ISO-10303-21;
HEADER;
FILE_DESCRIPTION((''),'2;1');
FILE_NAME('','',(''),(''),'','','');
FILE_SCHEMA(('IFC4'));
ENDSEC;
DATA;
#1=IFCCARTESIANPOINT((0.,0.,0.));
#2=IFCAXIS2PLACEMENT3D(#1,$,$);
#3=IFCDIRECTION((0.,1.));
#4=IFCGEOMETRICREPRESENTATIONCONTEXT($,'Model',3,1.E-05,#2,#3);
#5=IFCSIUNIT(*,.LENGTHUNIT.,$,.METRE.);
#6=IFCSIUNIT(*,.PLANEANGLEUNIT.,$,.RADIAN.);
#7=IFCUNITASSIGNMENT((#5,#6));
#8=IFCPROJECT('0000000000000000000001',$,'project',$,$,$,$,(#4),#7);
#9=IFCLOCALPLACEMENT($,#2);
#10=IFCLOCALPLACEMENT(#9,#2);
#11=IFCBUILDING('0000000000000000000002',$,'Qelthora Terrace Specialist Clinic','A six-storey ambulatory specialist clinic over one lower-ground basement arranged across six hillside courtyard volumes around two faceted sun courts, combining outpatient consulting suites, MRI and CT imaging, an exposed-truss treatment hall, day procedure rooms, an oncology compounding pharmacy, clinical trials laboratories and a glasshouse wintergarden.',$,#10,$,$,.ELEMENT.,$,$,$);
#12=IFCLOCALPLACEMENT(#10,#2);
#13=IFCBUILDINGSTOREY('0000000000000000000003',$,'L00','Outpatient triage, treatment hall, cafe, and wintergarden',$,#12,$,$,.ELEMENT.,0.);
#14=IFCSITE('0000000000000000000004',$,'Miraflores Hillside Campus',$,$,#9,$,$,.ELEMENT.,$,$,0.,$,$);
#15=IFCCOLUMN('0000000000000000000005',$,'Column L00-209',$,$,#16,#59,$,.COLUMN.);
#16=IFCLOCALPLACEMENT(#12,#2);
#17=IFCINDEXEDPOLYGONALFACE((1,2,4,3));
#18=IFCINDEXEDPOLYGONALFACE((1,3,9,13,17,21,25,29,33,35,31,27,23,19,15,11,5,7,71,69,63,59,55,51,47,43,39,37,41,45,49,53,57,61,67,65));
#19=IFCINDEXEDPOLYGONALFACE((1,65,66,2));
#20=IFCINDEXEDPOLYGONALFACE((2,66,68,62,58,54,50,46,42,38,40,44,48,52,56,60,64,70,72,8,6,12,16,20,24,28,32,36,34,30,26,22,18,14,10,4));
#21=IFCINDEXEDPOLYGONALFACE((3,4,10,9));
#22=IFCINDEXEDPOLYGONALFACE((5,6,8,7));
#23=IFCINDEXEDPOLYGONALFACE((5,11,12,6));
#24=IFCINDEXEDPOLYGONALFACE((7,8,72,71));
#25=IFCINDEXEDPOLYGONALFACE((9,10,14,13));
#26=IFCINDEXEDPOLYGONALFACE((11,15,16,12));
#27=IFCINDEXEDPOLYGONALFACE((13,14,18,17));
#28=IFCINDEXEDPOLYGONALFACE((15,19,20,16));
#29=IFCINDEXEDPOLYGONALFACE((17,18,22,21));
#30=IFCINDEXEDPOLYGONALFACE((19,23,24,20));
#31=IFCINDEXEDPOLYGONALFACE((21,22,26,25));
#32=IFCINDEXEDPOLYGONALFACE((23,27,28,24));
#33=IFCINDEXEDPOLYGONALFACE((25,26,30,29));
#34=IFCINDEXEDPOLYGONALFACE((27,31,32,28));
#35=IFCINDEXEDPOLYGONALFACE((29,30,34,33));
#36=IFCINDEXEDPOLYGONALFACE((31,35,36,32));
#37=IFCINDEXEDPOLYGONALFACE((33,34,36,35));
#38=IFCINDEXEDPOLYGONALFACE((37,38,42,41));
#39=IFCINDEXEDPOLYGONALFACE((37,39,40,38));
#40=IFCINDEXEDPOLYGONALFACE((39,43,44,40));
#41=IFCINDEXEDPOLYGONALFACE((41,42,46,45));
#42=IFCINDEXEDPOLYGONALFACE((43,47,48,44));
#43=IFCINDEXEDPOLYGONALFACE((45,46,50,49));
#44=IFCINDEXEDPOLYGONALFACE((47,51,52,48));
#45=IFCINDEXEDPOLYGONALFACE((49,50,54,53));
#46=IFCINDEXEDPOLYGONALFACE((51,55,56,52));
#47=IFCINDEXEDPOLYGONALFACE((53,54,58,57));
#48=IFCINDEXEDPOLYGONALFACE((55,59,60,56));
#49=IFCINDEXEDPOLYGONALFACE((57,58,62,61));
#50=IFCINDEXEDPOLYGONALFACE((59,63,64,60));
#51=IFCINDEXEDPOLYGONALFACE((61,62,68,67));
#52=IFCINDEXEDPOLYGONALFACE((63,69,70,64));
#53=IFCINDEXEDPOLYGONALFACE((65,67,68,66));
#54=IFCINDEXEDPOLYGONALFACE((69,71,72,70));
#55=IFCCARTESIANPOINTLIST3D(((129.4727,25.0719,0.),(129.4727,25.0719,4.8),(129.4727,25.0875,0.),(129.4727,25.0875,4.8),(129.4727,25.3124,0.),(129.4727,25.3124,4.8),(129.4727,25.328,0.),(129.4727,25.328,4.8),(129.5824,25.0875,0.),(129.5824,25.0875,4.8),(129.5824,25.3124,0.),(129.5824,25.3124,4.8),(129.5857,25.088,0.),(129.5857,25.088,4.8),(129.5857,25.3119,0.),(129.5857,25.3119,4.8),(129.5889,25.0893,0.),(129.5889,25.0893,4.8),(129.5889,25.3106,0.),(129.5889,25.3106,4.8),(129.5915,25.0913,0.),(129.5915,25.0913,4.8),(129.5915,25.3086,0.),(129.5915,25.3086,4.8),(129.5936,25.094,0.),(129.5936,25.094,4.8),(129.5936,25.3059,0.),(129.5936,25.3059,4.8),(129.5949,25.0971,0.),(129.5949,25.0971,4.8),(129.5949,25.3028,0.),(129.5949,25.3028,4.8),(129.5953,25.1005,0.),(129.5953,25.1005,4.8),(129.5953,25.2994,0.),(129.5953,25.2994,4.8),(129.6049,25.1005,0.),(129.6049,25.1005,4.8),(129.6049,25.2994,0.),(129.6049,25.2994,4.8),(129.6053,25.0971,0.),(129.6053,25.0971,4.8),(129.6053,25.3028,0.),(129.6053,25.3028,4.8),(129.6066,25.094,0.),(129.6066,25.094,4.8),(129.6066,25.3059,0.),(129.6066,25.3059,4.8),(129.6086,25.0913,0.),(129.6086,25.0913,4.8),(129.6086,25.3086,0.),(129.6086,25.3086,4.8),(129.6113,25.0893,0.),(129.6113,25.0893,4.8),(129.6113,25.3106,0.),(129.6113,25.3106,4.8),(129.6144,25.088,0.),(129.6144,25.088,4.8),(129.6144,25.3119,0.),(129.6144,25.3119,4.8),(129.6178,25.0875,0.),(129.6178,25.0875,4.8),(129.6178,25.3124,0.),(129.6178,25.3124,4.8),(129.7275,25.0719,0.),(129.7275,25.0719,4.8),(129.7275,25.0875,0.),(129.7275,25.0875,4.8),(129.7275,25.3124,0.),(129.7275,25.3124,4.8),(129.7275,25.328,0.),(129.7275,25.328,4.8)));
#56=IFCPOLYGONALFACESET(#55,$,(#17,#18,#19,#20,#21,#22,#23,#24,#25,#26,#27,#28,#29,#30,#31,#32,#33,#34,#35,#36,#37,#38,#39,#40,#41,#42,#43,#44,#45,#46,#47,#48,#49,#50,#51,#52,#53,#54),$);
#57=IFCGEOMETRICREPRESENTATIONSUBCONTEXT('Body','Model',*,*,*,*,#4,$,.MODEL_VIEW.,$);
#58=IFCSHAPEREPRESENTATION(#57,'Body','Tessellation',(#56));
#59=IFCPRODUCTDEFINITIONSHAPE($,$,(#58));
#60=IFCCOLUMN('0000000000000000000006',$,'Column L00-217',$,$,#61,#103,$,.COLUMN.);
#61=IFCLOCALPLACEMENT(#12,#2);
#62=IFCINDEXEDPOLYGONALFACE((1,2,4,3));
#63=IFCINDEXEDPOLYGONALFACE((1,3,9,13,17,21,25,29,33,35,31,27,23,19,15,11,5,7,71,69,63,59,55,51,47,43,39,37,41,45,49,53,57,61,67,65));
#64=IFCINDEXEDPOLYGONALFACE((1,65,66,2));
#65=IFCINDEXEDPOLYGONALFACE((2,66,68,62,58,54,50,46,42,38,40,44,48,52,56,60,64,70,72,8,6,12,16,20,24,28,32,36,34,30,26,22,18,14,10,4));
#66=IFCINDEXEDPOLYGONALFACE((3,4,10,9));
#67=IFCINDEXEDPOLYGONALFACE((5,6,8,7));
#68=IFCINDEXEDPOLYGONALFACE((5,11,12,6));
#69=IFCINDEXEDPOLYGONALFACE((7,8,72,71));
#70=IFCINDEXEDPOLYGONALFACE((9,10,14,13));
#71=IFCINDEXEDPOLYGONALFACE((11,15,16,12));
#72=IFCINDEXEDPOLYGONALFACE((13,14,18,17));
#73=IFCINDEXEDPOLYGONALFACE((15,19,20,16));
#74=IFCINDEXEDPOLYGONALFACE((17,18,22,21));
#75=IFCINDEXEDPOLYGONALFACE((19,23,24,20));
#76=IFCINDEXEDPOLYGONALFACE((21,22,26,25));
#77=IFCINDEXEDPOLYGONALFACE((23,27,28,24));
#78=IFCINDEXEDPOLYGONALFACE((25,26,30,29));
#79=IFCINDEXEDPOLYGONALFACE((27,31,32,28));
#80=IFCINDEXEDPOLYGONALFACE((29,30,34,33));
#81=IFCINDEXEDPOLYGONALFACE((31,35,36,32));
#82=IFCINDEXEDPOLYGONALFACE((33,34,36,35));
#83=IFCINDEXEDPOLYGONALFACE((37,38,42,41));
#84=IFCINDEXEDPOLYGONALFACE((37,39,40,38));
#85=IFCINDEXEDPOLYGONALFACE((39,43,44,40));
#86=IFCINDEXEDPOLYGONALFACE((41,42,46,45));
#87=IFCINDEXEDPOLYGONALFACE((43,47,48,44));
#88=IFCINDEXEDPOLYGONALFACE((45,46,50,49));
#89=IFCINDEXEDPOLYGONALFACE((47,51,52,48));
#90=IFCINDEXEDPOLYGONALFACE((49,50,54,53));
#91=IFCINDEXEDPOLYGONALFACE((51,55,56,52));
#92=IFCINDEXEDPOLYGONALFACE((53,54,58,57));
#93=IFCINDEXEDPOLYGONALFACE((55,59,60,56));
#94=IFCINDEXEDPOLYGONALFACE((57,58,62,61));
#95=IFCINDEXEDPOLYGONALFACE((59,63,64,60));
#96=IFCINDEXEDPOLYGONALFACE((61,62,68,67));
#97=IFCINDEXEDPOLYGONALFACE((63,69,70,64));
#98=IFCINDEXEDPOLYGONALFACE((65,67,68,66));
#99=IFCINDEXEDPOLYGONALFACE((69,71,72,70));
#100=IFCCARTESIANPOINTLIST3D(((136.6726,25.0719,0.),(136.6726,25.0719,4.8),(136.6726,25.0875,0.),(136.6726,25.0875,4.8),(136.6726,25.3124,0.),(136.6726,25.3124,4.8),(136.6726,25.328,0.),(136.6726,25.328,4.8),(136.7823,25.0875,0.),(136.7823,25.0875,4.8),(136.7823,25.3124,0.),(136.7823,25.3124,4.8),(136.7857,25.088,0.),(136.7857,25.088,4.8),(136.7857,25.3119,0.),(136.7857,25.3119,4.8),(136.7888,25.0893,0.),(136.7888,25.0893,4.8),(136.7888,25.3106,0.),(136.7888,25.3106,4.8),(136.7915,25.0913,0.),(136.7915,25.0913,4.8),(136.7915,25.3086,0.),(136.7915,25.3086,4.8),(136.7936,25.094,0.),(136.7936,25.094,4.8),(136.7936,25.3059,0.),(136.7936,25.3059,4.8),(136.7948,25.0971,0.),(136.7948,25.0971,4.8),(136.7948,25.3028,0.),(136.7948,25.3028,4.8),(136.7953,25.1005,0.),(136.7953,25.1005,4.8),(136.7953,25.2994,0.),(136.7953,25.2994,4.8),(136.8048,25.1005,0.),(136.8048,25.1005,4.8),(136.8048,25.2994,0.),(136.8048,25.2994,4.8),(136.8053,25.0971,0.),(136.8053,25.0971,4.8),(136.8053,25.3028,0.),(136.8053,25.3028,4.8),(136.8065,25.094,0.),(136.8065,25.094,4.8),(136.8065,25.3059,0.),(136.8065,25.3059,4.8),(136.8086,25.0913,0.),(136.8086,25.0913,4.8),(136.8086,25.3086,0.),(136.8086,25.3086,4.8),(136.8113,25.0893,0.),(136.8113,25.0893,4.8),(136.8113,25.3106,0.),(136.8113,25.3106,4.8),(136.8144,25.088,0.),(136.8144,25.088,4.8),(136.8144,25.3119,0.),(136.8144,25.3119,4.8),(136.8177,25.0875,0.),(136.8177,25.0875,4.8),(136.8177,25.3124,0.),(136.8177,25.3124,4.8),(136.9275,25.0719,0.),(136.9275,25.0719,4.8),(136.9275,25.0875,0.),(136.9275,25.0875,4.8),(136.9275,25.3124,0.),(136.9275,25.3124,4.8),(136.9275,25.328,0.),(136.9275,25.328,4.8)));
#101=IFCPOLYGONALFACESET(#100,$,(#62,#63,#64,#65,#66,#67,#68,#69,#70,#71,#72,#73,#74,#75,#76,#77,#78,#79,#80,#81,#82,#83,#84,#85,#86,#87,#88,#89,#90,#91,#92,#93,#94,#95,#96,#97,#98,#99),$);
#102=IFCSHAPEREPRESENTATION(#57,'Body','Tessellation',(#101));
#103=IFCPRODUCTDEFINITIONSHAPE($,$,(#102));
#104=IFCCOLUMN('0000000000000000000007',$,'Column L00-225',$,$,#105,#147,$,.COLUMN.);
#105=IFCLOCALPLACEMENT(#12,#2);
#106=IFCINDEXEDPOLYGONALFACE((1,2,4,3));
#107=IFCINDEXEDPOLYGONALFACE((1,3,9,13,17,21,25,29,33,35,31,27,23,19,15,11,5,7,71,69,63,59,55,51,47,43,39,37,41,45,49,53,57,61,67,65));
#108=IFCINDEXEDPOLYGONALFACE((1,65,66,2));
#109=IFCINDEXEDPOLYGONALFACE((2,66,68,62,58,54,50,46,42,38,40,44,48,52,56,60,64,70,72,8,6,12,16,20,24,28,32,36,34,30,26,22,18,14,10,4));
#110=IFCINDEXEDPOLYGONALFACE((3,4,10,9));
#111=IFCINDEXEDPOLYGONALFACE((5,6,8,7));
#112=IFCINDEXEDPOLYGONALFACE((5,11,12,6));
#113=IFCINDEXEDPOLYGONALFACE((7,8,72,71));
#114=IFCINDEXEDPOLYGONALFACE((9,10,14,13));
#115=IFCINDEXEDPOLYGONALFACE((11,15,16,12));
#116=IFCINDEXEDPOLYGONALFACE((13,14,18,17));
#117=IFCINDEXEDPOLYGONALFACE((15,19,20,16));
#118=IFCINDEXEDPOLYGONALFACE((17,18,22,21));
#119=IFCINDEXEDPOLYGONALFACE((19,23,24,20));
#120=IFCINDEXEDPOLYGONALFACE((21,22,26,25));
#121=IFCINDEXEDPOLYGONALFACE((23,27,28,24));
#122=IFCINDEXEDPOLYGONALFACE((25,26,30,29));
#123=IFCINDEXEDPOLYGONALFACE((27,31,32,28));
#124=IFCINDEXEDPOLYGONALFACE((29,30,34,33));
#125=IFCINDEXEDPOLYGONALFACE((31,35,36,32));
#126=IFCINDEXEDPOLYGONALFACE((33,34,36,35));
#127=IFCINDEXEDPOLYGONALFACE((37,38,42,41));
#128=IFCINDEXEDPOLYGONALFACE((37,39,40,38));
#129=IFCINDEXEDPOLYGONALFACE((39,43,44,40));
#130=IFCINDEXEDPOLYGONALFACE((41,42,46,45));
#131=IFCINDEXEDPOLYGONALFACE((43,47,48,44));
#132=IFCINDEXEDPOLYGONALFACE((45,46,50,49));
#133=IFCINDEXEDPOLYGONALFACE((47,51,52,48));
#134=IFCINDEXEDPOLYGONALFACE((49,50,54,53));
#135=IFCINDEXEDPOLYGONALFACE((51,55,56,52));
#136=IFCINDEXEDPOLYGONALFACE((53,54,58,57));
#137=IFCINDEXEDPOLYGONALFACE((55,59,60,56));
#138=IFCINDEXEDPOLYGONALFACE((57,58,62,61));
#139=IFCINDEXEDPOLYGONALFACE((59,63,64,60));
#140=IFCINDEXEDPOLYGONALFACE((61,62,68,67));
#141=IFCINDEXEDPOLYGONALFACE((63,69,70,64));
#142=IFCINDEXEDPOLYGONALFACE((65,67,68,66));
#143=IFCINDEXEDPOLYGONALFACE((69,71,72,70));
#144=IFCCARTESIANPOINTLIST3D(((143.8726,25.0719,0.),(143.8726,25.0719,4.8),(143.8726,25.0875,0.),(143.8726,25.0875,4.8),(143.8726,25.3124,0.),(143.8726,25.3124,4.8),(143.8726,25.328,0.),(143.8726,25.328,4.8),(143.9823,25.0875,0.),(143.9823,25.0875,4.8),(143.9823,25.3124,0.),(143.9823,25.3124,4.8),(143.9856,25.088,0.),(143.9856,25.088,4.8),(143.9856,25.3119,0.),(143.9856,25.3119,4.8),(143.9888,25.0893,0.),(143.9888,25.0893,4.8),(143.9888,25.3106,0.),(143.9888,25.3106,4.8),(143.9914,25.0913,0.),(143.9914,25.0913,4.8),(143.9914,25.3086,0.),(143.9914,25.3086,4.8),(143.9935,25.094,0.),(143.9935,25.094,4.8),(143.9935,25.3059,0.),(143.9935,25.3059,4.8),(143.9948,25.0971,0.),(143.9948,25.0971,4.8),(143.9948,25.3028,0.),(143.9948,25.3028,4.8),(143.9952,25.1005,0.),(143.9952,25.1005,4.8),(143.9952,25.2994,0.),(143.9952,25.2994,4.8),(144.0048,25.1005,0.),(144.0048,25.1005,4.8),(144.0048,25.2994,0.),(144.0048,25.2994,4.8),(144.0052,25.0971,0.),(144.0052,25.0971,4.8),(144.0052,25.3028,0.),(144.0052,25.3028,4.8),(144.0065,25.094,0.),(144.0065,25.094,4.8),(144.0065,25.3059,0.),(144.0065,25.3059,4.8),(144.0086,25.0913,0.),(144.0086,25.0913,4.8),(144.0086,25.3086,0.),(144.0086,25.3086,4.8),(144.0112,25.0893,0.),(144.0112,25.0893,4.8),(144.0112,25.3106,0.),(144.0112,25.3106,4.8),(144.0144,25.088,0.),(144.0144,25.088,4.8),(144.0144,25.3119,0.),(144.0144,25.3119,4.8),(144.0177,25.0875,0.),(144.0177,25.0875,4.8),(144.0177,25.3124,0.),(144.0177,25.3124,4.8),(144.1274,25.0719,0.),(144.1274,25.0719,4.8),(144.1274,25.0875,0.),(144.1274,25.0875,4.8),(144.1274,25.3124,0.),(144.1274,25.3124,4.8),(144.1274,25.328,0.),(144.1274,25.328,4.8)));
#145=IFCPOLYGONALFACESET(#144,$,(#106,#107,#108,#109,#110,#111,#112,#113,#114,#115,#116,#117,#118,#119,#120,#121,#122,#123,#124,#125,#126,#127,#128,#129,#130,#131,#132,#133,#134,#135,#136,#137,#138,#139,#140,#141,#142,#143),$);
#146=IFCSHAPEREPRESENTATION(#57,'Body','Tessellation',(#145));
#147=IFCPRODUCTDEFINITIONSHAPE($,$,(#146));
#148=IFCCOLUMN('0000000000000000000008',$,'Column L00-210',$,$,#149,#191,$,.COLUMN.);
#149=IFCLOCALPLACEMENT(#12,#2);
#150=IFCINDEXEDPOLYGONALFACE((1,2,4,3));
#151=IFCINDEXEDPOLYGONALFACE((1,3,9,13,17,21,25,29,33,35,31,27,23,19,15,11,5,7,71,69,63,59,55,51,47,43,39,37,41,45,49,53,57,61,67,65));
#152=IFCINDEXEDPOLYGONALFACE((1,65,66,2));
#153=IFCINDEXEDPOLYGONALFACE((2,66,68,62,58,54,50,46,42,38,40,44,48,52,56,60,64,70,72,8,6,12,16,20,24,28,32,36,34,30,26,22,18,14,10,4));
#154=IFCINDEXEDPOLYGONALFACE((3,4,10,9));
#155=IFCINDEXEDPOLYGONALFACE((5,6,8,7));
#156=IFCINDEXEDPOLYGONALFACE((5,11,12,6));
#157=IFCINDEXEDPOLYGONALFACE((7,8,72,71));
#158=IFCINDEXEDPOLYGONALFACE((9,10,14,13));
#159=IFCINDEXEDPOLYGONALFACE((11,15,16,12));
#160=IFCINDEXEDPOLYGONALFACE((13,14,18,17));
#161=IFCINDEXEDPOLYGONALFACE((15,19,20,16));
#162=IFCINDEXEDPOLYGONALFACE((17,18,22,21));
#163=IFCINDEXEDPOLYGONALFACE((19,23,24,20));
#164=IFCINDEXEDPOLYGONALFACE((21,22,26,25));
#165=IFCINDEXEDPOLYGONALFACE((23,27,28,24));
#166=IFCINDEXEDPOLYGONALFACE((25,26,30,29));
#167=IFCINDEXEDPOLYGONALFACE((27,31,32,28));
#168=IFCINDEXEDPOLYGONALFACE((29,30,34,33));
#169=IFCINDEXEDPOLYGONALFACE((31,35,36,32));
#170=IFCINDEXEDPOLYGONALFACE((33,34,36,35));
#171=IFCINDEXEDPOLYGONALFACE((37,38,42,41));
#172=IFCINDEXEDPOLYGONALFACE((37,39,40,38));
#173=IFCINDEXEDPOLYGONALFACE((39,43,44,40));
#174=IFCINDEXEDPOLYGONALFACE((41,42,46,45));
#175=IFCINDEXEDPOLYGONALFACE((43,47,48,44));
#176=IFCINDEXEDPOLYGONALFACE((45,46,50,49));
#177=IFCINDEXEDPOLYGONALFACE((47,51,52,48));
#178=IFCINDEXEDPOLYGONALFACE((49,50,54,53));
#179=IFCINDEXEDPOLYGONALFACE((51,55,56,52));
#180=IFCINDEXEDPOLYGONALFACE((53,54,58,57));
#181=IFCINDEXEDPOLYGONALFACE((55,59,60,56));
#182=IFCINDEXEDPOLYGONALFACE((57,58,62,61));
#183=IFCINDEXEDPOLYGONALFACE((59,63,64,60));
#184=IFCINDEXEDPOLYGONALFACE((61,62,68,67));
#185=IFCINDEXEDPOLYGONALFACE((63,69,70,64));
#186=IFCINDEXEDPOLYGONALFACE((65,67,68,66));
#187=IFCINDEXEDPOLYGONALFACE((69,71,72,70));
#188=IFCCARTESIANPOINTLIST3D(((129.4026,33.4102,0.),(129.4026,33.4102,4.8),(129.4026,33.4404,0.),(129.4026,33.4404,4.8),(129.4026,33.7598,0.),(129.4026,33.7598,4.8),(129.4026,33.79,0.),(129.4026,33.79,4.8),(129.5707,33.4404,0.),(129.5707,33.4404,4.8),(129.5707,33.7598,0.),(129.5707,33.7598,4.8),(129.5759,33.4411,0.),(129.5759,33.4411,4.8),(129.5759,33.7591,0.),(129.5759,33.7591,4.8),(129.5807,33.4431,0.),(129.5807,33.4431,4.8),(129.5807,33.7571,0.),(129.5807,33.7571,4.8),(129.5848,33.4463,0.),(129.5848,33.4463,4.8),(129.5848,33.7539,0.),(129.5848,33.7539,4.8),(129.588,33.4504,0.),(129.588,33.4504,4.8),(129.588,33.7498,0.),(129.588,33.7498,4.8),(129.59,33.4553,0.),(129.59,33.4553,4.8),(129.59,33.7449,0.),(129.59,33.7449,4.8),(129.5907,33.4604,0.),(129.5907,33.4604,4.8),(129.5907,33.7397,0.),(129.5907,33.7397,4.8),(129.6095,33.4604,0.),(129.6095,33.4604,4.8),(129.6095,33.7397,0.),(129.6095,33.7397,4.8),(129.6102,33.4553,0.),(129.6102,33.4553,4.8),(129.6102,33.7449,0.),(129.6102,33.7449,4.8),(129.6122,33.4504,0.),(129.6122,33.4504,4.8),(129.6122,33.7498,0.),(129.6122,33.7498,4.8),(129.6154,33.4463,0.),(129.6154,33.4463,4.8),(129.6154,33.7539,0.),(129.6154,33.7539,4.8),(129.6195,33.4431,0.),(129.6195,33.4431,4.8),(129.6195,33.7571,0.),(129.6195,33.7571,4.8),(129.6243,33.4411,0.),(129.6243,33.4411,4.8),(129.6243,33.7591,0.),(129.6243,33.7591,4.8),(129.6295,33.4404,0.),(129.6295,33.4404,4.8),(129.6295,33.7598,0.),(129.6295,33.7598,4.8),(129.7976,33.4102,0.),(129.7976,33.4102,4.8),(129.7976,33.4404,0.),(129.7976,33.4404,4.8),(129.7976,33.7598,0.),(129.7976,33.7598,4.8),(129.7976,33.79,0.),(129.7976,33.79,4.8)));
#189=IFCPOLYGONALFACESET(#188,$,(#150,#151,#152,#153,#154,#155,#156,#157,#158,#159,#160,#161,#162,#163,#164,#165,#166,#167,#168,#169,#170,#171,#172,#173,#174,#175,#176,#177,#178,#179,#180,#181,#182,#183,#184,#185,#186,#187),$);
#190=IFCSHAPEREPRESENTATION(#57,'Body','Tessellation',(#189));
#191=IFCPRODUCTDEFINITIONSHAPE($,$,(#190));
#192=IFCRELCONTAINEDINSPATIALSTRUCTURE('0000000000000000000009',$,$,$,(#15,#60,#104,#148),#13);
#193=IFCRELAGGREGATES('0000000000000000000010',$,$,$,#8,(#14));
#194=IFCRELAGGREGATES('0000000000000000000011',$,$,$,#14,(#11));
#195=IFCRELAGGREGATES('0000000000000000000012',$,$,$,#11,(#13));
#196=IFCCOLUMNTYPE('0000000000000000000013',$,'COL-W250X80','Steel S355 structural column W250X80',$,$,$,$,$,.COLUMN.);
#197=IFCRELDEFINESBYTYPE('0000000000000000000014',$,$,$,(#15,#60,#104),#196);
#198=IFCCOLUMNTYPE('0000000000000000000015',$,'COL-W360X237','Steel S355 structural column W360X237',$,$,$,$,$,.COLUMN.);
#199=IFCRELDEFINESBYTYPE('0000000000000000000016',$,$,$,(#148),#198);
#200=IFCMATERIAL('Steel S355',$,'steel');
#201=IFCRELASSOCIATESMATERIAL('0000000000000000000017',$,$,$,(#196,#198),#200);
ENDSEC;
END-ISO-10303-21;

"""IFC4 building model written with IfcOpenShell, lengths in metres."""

from ifc_helpers import new_model, si_unit, direction, frame, origin, origin_2d, place, context, subcontext, project, spatial, i_section, extrude, material, material_profile, profile_set, type_object, element, save


model = new_model("IFC4")

# Units and contexts
model_context = context("Model", 3, precision=1e-05, world=origin(), true_north=direction((0.0, 1.0)))
body_context = subcontext(model_context, "Body", "Model", "MODEL_VIEW")
ifc_project = project(units=[si_unit("LENGTHUNIT", "METRE"), si_unit("PLANEANGLEUNIT", "RADIAN")], contexts=[model_context])

# Site, building, storey
site_placement = place(None, origin())
site = spatial("IfcSite", under=ifc_project, at=site_placement, Name="Miraflores Hillside Campus", CompositionType="ELEMENT", RefElevation=0.0)
building_placement = place(site_placement, origin())
building = spatial("IfcBuilding", under=site, at=building_placement, Name="Qelthora Terrace Specialist Clinic", Description="A six-storey ambulatory specialist clinic over one lower-ground basement arranged across six hillside courtyard volumes around two faceted sun courts, combining outpatient consulting suites, MRI and CT imaging, an exposed-truss treatment hall, day procedure rooms, an oncology compounding pharmacy, clinical trials laboratories and a glasshouse wintergarden.", CompositionType="ELEMENT")
storey_placement = place(building_placement, origin())
storey = spatial("IfcBuildingStorey", under=building, at=storey_placement, Name="L00", Description="Outpatient triage, treatment hall, cafe, and wintergarden", CompositionType="ELEMENT", Elevation=0.0)

# Columns
ifc_material_1 = material(Name="Steel S355", Category="steel")
ifc_material_profile_1 = material_profile(ifc_material_1, i_section(OverallWidth=0.2549, OverallDepth=0.2561, WebThickness=0.0095, FlangeThickness=0.0156, FilletRadius=0.0129, at=origin_2d()), Name="W250X80")
ifc_profile_set_1 = profile_set([ifc_material_profile_1], Name="Steel S355")
column_type_1 = type_object("IfcColumnType", Name="COL-W250X80", Description="Steel S355 structural column W250X80", PredefinedType="COLUMN", material=ifc_profile_set_1)
for number, where, z_axis, x_axis, name in (
    (1, (129.6001, 25.2, 0.0), (0.0, 0.0, 1.0), (1.0, 0.0, 0.0), "Column L00-209"),
    (2, (136.8, 25.2, 0.0), (0.0, 0.0, 1.0), (1.0, 0.0, 0.0), "Column L00-217"),
    (3, (144.0, 25.2, 0.0), (0.0, 0.0, 1.0), (1.0, 0.0, 0.0), "Column L00-225"),
):
    element("IfcColumn", number, at=place(storey_placement, frame(where, z_axis=z_axis, x_axis=x_axis)), inside=storey, type_object=column_type_1, Name=name, PredefinedType="COLUMN", context=body_context, shape_type="SweptSolid", body=[
        extrude(i_section(OverallWidth=0.2549, OverallDepth=0.2561, WebThickness=0.0095, FlangeThickness=0.0156, FilletRadius=0.0129, at=origin_2d()), origin(), (0.0, 0.0, 1.0), 4.8),
    ])
ifc_material_profile_2 = material_profile(ifc_material_1, i_section(OverallWidth=0.395, OverallDepth=0.3799, WebThickness=0.0188, FlangeThickness=0.0303, FilletRadius=0.02, at=origin_2d()), Name="W360X237")
ifc_profile_set_2 = profile_set([ifc_material_profile_2], Name="Steel S355")
column_type_2 = type_object("IfcColumnType", Name="COL-W360X237", Description="Steel S355 structural column W360X237", PredefinedType="COLUMN", material=ifc_profile_set_2)
column_placement = place(storey_placement, frame((129.6001, 33.6001, 0.0), z_axis=(0.0, 0.0, 1.0), x_axis=(1.0, 0.0, 0.0)))
element("IfcColumn", 4, at=column_placement, inside=storey, type_object=column_type_2, Name="Column L00-210", PredefinedType="COLUMN", context=body_context, shape_type="SweptSolid", body=[
    extrude(i_section(OverallWidth=0.395, OverallDepth=0.3799, WebThickness=0.0188, FlangeThickness=0.0303, FilletRadius=0.02, at=origin_2d()), origin(), (0.0, 0.0, 1.0), 4.8),
])

save(model, "model.ifc")
